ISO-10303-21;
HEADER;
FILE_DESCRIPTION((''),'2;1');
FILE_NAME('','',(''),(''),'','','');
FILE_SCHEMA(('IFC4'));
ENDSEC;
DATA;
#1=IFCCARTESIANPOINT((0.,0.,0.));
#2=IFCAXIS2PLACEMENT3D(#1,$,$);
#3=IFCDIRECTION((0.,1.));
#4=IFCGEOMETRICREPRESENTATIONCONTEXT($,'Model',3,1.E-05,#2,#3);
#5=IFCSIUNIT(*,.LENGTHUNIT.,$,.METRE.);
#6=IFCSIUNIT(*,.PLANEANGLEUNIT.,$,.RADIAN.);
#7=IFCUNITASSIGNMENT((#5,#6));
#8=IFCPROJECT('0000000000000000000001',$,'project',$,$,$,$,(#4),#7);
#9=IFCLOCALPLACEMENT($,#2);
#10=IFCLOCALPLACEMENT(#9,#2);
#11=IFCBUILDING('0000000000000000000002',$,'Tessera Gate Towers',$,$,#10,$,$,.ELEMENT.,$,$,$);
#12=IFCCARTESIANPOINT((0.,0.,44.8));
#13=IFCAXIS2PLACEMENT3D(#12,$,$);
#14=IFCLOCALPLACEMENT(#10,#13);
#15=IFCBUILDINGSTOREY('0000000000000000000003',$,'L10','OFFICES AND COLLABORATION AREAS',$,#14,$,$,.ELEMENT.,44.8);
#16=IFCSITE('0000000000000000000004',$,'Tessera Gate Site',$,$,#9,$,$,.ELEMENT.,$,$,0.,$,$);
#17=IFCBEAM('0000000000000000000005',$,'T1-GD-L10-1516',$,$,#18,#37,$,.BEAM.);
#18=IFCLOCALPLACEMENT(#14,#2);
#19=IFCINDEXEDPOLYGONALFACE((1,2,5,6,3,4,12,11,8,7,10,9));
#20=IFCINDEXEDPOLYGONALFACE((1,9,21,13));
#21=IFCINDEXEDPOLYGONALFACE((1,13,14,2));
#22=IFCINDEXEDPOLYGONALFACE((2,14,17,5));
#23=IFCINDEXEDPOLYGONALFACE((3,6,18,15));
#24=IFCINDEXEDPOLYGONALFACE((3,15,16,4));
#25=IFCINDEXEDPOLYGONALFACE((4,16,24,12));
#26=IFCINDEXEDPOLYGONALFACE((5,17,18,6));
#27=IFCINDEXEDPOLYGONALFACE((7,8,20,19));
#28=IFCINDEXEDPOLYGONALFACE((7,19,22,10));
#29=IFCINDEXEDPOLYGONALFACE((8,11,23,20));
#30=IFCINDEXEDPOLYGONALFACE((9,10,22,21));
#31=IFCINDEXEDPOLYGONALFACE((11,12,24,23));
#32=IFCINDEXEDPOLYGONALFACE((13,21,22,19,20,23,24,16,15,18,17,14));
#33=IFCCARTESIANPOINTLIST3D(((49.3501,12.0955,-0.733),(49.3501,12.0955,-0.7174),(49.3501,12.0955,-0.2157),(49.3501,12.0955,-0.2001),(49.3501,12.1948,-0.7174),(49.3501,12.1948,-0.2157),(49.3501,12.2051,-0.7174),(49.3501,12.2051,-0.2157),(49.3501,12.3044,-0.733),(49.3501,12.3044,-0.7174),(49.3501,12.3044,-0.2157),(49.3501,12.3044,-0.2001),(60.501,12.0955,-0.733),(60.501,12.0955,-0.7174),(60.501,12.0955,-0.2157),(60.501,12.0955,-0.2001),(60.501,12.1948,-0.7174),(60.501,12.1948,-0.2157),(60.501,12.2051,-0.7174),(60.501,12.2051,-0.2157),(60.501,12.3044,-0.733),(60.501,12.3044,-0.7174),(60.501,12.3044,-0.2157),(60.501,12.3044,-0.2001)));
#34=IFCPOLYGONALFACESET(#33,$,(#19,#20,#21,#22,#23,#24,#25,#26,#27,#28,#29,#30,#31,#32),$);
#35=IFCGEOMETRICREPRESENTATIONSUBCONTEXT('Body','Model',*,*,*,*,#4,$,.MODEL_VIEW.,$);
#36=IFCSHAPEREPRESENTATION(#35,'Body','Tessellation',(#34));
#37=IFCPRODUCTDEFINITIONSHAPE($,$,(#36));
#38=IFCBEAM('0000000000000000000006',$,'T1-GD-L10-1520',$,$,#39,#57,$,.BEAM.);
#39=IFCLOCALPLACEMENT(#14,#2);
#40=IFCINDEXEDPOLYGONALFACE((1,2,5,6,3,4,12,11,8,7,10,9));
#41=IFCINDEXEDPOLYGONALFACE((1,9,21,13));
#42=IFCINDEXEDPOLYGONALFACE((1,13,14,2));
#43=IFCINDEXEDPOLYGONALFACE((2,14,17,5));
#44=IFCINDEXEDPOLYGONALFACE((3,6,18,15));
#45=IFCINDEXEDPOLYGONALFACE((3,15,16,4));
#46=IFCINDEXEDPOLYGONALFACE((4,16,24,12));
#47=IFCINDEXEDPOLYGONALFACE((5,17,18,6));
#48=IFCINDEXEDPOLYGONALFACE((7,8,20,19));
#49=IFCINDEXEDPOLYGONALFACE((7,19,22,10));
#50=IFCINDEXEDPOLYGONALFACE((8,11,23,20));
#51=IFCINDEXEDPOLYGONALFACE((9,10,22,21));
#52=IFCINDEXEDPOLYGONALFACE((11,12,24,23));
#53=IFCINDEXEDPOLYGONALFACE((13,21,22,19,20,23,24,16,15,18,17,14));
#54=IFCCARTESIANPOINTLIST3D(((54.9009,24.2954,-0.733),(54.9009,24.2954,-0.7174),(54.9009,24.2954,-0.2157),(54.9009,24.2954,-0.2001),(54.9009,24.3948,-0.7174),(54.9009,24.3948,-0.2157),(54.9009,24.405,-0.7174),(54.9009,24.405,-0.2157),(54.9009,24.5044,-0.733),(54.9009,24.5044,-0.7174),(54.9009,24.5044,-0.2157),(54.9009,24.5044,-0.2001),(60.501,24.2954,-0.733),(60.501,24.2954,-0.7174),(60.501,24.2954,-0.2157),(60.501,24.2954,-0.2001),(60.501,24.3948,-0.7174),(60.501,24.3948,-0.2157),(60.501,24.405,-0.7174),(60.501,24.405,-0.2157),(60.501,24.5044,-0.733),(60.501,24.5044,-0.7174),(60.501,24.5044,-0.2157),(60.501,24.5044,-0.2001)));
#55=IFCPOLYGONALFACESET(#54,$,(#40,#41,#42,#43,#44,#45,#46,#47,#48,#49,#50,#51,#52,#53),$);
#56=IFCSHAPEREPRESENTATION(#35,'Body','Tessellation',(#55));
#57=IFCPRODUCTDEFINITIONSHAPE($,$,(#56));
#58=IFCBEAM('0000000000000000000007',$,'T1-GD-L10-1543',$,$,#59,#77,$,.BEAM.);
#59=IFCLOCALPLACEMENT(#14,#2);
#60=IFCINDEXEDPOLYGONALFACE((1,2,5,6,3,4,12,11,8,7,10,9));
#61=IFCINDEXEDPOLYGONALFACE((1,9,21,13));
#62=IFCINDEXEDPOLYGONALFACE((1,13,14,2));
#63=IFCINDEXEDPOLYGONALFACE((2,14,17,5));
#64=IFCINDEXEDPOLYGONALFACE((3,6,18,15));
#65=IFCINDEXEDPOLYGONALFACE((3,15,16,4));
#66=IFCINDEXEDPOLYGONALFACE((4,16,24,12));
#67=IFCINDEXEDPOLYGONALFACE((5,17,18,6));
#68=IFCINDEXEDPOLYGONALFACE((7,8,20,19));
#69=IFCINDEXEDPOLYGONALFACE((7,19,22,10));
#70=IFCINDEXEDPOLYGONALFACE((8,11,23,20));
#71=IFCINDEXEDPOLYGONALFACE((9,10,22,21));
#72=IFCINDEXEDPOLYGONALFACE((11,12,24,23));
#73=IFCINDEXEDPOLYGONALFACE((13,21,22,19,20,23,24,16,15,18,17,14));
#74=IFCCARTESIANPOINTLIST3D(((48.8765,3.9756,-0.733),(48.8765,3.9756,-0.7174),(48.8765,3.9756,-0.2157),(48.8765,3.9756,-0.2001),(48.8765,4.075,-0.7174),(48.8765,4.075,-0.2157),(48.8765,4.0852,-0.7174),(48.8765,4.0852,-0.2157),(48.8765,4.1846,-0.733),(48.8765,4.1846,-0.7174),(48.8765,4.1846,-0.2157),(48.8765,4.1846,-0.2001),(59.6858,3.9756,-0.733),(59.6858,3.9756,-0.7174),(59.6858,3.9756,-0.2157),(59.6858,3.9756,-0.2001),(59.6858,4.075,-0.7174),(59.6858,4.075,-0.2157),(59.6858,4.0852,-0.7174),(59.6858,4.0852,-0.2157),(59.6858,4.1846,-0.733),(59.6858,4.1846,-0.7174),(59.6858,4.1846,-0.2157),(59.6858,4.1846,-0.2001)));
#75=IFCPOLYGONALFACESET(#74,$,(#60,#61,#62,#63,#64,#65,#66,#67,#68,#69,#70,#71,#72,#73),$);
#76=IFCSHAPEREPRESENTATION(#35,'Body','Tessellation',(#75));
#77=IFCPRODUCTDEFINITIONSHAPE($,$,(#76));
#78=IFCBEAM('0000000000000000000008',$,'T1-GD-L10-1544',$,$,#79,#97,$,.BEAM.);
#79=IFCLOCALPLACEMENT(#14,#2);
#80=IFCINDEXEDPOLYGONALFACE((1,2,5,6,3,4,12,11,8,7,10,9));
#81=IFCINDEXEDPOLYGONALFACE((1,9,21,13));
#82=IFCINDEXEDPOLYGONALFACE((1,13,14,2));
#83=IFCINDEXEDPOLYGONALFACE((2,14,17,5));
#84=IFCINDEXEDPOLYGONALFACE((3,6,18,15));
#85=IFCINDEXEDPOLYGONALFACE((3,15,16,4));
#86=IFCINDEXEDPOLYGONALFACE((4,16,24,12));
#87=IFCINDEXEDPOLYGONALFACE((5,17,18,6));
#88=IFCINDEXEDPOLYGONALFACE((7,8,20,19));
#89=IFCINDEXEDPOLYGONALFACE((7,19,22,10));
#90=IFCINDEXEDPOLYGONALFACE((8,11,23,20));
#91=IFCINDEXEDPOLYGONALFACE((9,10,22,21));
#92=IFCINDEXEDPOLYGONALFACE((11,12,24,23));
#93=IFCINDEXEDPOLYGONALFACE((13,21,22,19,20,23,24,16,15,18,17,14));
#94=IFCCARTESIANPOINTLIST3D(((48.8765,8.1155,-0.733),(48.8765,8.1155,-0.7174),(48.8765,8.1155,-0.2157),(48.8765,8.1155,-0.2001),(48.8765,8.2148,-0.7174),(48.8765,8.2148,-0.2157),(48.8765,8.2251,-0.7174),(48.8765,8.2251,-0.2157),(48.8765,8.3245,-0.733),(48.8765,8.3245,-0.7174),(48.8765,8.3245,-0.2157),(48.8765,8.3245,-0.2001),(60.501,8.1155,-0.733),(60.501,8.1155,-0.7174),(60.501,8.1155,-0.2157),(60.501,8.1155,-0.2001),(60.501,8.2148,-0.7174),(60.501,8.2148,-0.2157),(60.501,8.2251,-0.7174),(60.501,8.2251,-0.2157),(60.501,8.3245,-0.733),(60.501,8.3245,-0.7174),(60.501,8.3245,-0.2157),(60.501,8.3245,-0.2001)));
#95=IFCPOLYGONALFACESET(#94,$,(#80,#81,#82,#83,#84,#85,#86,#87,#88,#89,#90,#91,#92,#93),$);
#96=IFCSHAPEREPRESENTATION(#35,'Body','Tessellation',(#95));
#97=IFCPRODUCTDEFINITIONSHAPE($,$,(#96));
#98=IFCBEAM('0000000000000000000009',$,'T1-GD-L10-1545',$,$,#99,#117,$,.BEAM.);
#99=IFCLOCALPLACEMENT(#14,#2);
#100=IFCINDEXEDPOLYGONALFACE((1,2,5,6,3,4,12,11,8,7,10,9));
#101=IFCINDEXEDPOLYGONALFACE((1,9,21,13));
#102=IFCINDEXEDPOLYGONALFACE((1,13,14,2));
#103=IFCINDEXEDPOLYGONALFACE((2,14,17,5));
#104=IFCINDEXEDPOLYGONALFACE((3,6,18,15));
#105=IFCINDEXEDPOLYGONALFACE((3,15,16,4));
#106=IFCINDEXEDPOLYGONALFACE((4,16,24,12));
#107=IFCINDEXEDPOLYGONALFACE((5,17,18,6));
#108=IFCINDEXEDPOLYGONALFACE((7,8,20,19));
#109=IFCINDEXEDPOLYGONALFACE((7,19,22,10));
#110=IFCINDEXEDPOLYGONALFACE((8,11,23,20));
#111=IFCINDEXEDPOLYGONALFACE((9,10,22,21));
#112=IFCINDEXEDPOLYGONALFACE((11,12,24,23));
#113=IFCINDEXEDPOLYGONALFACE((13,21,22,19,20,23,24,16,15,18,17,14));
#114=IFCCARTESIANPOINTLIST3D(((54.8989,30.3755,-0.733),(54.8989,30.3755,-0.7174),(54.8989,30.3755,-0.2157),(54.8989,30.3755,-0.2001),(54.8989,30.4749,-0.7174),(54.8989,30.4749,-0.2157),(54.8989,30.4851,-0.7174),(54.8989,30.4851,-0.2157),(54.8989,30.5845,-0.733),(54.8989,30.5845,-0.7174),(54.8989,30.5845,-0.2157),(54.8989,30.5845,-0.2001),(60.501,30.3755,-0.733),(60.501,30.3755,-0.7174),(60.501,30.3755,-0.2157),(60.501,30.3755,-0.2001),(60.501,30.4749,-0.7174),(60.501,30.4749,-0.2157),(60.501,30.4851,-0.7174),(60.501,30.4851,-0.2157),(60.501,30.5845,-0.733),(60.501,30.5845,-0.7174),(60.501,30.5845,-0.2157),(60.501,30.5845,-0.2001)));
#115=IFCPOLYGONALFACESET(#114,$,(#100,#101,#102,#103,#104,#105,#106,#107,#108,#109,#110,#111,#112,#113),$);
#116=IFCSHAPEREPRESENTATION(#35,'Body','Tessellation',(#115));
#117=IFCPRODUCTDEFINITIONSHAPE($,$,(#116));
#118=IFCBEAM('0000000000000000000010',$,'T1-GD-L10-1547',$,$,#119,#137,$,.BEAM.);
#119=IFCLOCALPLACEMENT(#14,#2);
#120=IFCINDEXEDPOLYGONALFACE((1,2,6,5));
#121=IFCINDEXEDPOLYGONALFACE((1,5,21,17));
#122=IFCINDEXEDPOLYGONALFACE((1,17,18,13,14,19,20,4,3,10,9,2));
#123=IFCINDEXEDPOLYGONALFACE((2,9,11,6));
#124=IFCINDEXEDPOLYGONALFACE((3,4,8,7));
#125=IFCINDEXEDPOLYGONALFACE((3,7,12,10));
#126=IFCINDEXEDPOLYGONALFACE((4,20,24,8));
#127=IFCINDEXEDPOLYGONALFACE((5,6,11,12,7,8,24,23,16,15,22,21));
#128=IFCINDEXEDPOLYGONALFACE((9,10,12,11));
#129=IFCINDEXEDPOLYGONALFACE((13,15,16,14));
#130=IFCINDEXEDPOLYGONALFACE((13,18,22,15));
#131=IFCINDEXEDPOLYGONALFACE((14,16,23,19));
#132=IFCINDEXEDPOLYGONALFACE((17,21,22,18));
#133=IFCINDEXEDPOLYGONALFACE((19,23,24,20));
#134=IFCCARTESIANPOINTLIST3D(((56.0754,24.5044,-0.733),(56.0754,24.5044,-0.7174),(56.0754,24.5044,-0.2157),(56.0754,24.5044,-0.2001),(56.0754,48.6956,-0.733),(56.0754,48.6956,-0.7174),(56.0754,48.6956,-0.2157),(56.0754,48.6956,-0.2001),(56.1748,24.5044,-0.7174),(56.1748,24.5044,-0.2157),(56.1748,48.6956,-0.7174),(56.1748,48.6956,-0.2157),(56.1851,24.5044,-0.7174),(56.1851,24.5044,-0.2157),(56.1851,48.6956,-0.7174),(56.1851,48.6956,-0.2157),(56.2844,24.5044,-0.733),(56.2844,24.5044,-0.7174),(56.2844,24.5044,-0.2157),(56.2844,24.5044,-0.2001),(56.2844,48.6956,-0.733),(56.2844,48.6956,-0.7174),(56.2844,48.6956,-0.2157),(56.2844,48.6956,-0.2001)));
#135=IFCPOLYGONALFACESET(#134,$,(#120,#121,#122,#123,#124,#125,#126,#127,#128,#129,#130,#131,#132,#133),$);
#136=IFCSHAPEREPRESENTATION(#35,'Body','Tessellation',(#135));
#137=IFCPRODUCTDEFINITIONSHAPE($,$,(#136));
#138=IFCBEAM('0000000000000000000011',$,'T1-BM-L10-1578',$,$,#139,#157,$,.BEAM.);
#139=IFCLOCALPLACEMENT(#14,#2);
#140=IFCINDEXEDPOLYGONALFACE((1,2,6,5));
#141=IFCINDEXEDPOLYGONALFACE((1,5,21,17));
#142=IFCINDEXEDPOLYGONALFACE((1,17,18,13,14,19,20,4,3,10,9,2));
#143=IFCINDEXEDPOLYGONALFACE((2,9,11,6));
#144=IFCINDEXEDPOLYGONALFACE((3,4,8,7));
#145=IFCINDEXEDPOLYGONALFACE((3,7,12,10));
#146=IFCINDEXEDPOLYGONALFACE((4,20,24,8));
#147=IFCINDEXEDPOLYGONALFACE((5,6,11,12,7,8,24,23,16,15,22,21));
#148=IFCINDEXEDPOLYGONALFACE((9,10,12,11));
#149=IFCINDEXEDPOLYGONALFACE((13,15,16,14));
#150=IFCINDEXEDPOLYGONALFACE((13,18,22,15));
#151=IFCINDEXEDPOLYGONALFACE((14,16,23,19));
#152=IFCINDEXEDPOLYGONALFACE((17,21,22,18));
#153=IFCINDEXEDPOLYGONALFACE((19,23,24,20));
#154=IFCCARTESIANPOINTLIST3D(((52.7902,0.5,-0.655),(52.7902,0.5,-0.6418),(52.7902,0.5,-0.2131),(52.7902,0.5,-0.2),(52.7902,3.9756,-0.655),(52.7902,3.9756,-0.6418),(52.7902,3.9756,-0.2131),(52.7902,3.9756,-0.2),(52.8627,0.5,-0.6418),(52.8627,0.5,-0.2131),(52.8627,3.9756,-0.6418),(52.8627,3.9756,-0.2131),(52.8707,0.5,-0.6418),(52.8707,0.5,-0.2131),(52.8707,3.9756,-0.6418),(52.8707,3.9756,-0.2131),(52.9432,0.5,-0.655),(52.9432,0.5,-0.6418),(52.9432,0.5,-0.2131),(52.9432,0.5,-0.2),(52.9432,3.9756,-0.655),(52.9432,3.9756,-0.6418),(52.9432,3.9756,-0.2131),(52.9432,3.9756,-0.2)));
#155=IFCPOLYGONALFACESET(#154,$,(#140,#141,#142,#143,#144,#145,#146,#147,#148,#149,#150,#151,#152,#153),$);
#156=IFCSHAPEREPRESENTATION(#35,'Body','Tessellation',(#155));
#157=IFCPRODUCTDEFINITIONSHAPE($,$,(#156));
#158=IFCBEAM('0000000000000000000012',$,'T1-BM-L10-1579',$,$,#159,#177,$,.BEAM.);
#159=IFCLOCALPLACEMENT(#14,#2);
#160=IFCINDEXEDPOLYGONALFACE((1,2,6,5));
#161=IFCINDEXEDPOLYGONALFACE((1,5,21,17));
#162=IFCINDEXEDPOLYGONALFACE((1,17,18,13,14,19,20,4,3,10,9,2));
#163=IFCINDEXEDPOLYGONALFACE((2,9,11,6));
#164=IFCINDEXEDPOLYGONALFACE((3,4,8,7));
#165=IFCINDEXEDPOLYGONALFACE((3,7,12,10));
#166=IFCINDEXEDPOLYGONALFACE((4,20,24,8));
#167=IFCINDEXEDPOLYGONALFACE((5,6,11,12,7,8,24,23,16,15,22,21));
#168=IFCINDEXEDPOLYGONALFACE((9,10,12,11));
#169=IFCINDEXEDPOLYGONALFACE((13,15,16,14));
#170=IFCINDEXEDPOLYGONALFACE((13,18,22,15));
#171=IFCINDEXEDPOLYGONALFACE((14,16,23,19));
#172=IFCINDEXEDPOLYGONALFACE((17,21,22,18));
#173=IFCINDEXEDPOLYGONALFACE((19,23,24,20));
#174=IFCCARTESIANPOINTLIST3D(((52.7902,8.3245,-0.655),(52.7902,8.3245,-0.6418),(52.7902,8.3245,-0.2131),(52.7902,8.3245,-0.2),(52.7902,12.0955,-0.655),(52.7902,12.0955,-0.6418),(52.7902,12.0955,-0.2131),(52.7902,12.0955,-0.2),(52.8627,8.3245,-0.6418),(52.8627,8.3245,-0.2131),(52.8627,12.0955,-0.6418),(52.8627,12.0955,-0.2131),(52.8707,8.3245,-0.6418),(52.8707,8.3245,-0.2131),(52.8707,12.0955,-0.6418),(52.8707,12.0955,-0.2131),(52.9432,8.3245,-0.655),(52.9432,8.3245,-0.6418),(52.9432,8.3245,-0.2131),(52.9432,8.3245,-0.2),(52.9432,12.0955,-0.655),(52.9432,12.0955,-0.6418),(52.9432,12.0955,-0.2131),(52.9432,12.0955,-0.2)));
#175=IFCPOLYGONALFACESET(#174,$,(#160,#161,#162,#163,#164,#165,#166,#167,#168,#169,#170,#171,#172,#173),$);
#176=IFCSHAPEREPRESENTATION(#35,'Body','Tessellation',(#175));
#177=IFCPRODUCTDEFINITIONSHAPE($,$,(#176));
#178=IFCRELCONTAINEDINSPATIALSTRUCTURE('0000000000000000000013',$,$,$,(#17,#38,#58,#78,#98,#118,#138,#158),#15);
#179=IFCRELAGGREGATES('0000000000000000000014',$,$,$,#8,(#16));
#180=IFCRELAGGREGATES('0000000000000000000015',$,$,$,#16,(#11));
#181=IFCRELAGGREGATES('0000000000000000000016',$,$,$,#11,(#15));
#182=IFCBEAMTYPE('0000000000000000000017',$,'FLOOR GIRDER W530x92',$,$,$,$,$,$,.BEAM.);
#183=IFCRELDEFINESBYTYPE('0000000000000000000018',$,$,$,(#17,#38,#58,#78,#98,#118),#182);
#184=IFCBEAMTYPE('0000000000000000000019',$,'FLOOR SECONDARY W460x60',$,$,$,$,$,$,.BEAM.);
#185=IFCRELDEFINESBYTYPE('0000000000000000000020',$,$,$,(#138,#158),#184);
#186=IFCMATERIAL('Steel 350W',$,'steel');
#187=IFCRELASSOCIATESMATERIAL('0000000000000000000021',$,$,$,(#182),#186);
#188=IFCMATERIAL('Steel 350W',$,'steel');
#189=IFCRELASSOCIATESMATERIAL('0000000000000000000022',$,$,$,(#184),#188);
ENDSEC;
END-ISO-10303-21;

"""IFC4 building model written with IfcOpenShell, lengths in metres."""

from ifc_helpers import new_model, si_unit, direction, frame, origin, origin_2d, place, context, subcontext, project, spatial, i_section, extrude, material, material_profile, profile_set, type_object, element, save


model = new_model("IFC4")

# Units and contexts
model_context = context("Model", 3, precision=1e-05, world=origin(), true_north=direction((0.0, 1.0)))
body_context = subcontext(model_context, "Body", "Model", "MODEL_VIEW")
ifc_project = project(units=[si_unit("LENGTHUNIT", "METRE"), si_unit("PLANEANGLEUNIT", "RADIAN")], contexts=[model_context])

# Site, building, storey
site_placement = place(None, origin())
site = spatial("IfcSite", under=ifc_project, at=site_placement, Name="Tessera Gate Site", CompositionType="ELEMENT", RefElevation=0.0)
building_placement = place(site_placement, origin())
building = spatial("IfcBuilding", under=site, at=building_placement, Name="Tessera Gate Towers", CompositionType="ELEMENT")
storey_placement = place(building_placement, frame((0.0, 0.0, 44.8)))
storey = spatial("IfcBuildingStorey", under=building, at=storey_placement, Name="L10", Description="OFFICES AND COLLABORATION AREAS", CompositionType="ELEMENT", Elevation=44.8)

# Beams
ifc_material_1 = material(Name="Steel 350W", Category="steel")
ifc_material_profile_1 = material_profile(ifc_material_1, i_section(OverallWidth=0.209, OverallDepth=0.533, WebThickness=0.0103, FlangeThickness=0.0156, at=origin_2d()), Name="W530x92")
ifc_profile_set_1 = profile_set([ifc_material_profile_1], Name="Steel 350W")
beam_type_1 = type_object("IfcBeamType", Name="FLOOR GIRDER W530x92", PredefinedType="BEAM", material=ifc_profile_set_1)
beam_1_placement = place(storey_placement, frame((49.3501, 12.2, -0.4666), z_axis=(1.0, 0.0, 0.0), x_axis=(0.0, 1.0, 0.0)))
element("IfcBeam", 1, at=beam_1_placement, inside=storey, type_object=beam_type_1, Name="T1-GD-L10-1516", PredefinedType="BEAM", context=body_context, shape_type="SweptSolid", body=[
    extrude(i_section(OverallWidth=0.209, OverallDepth=0.533, WebThickness=0.0103, FlangeThickness=0.0156, at=origin_2d()), origin(), (0.0, 0.0, 1.0), 11.1509),
])
beam_2_placement = place(storey_placement, frame((54.9009, 24.3999, -0.4666), z_axis=(1.0, 0.0, 0.0), x_axis=(0.0, 1.0, 0.0)))
element("IfcBeam", 2, at=beam_2_placement, inside=storey, type_object=beam_type_1, Name="T1-GD-L10-1520", PredefinedType="BEAM", context=body_context, shape_type="SweptSolid", body=[
    extrude(i_section(OverallWidth=0.209, OverallDepth=0.533, WebThickness=0.0103, FlangeThickness=0.0156, at=origin_2d()), origin(), (0.0, 0.0, 1.0), 5.6001),
])
beam_3_placement = place(storey_placement, frame((48.8765, 4.0801, -0.4666), z_axis=(1.0, 0.0, 0.0), x_axis=(0.0, 1.0, 0.0)))
element("IfcBeam", 3, at=beam_3_placement, inside=storey, type_object=beam_type_1, Name="T1-GD-L10-1543", PredefinedType="BEAM", context=body_context, shape_type="SweptSolid", body=[
    extrude(i_section(OverallWidth=0.209, OverallDepth=0.533, WebThickness=0.0103, FlangeThickness=0.0156, at=origin_2d()), origin(), (0.0, 0.0, 1.0), 10.8093),
])
beam_4_placement = place(storey_placement, frame((48.8765, 8.22, -0.4666), z_axis=(1.0, 0.0, 0.0), x_axis=(0.0, 1.0, 0.0)))
element("IfcBeam", 4, at=beam_4_placement, inside=storey, type_object=beam_type_1, Name="T1-GD-L10-1544", PredefinedType="BEAM", context=body_context, shape_type="SweptSolid", body=[
    extrude(i_section(OverallWidth=0.209, OverallDepth=0.533, WebThickness=0.0103, FlangeThickness=0.0156, at=origin_2d()), origin(), (0.0, 0.0, 1.0), 11.6245),
])
beam_5_placement = place(storey_placement, frame((54.8989, 30.48, -0.4666), z_axis=(1.0, 0.0, 0.0), x_axis=(0.0, 1.0, 0.0)))
element("IfcBeam", 5, at=beam_5_placement, inside=storey, type_object=beam_type_1, Name="T1-GD-L10-1545", PredefinedType="BEAM", context=body_context, shape_type="SweptSolid", body=[
    extrude(i_section(OverallWidth=0.209, OverallDepth=0.533, WebThickness=0.0103, FlangeThickness=0.0156, at=origin_2d()), origin(), (0.0, 0.0, 1.0), 5.6021),
])
beam_6_placement = place(storey_placement, frame((56.1799, 24.5044, -0.4666), z_axis=(0.0, 1.0, 0.0), x_axis=(-1.0, 0.0, 0.0)))
element("IfcBeam", 6, at=beam_6_placement, inside=storey, type_object=beam_type_1, Name="T1-GD-L10-1547", PredefinedType="BEAM", context=body_context, shape_type="SweptSolid", body=[
    extrude(i_section(OverallWidth=0.209, OverallDepth=0.533, WebThickness=0.0103, FlangeThickness=0.0156, at=origin_2d()), origin(), (0.0, 0.0, 1.0), 24.1912),
])
ifc_material_2 = material(Name="Steel 350W", Category="steel")
ifc_material_profile_2 = material_profile(ifc_material_2, i_section(OverallWidth=0.1531, OverallDepth=0.4551, WebThickness=0.0081, FlangeThickness=0.0132, at=origin_2d()), Name="W460x60")
ifc_profile_set_2 = profile_set([ifc_material_profile_2], Name="Steel 350W")
beam_type_2 = type_object("IfcBeamType", Name="FLOOR SECONDARY W460x60", PredefinedType="BEAM", material=ifc_profile_set_2)
beam_7_placement = place(storey_placement, frame((52.8667, 0.5, -0.4275), z_axis=(0.0, 1.0, 0.0), x_axis=(-1.0, 0.0, 0.0)))
element("IfcBeam", 7, at=beam_7_placement, inside=storey, type_object=beam_type_2, Name="T1-BM-L10-1578", PredefinedType="BEAM", context=body_context, shape_type="SweptSolid", body=[
    extrude(i_section(OverallWidth=0.1531, OverallDepth=0.4551, WebThickness=0.0081, FlangeThickness=0.0132, at=origin_2d()), origin(), (0.0, 0.0, 1.0), 3.4756),
])
beam_8_placement = place(storey_placement, frame((52.8667, 8.3245, -0.4275), z_axis=(0.0, 1.0, 0.0), x_axis=(-1.0, 0.0, 0.0)))
element("IfcBeam", 8, at=beam_8_placement, inside=storey, type_object=beam_type_2, Name="T1-BM-L10-1579", PredefinedType="BEAM", context=body_context, shape_type="SweptSolid", body=[
    extrude(i_section(OverallWidth=0.1531, OverallDepth=0.4551, WebThickness=0.0081, FlangeThickness=0.0132, at=origin_2d()), origin(), (0.0, 0.0, 1.0), 3.771),
])

save(model, "model.ifc")
